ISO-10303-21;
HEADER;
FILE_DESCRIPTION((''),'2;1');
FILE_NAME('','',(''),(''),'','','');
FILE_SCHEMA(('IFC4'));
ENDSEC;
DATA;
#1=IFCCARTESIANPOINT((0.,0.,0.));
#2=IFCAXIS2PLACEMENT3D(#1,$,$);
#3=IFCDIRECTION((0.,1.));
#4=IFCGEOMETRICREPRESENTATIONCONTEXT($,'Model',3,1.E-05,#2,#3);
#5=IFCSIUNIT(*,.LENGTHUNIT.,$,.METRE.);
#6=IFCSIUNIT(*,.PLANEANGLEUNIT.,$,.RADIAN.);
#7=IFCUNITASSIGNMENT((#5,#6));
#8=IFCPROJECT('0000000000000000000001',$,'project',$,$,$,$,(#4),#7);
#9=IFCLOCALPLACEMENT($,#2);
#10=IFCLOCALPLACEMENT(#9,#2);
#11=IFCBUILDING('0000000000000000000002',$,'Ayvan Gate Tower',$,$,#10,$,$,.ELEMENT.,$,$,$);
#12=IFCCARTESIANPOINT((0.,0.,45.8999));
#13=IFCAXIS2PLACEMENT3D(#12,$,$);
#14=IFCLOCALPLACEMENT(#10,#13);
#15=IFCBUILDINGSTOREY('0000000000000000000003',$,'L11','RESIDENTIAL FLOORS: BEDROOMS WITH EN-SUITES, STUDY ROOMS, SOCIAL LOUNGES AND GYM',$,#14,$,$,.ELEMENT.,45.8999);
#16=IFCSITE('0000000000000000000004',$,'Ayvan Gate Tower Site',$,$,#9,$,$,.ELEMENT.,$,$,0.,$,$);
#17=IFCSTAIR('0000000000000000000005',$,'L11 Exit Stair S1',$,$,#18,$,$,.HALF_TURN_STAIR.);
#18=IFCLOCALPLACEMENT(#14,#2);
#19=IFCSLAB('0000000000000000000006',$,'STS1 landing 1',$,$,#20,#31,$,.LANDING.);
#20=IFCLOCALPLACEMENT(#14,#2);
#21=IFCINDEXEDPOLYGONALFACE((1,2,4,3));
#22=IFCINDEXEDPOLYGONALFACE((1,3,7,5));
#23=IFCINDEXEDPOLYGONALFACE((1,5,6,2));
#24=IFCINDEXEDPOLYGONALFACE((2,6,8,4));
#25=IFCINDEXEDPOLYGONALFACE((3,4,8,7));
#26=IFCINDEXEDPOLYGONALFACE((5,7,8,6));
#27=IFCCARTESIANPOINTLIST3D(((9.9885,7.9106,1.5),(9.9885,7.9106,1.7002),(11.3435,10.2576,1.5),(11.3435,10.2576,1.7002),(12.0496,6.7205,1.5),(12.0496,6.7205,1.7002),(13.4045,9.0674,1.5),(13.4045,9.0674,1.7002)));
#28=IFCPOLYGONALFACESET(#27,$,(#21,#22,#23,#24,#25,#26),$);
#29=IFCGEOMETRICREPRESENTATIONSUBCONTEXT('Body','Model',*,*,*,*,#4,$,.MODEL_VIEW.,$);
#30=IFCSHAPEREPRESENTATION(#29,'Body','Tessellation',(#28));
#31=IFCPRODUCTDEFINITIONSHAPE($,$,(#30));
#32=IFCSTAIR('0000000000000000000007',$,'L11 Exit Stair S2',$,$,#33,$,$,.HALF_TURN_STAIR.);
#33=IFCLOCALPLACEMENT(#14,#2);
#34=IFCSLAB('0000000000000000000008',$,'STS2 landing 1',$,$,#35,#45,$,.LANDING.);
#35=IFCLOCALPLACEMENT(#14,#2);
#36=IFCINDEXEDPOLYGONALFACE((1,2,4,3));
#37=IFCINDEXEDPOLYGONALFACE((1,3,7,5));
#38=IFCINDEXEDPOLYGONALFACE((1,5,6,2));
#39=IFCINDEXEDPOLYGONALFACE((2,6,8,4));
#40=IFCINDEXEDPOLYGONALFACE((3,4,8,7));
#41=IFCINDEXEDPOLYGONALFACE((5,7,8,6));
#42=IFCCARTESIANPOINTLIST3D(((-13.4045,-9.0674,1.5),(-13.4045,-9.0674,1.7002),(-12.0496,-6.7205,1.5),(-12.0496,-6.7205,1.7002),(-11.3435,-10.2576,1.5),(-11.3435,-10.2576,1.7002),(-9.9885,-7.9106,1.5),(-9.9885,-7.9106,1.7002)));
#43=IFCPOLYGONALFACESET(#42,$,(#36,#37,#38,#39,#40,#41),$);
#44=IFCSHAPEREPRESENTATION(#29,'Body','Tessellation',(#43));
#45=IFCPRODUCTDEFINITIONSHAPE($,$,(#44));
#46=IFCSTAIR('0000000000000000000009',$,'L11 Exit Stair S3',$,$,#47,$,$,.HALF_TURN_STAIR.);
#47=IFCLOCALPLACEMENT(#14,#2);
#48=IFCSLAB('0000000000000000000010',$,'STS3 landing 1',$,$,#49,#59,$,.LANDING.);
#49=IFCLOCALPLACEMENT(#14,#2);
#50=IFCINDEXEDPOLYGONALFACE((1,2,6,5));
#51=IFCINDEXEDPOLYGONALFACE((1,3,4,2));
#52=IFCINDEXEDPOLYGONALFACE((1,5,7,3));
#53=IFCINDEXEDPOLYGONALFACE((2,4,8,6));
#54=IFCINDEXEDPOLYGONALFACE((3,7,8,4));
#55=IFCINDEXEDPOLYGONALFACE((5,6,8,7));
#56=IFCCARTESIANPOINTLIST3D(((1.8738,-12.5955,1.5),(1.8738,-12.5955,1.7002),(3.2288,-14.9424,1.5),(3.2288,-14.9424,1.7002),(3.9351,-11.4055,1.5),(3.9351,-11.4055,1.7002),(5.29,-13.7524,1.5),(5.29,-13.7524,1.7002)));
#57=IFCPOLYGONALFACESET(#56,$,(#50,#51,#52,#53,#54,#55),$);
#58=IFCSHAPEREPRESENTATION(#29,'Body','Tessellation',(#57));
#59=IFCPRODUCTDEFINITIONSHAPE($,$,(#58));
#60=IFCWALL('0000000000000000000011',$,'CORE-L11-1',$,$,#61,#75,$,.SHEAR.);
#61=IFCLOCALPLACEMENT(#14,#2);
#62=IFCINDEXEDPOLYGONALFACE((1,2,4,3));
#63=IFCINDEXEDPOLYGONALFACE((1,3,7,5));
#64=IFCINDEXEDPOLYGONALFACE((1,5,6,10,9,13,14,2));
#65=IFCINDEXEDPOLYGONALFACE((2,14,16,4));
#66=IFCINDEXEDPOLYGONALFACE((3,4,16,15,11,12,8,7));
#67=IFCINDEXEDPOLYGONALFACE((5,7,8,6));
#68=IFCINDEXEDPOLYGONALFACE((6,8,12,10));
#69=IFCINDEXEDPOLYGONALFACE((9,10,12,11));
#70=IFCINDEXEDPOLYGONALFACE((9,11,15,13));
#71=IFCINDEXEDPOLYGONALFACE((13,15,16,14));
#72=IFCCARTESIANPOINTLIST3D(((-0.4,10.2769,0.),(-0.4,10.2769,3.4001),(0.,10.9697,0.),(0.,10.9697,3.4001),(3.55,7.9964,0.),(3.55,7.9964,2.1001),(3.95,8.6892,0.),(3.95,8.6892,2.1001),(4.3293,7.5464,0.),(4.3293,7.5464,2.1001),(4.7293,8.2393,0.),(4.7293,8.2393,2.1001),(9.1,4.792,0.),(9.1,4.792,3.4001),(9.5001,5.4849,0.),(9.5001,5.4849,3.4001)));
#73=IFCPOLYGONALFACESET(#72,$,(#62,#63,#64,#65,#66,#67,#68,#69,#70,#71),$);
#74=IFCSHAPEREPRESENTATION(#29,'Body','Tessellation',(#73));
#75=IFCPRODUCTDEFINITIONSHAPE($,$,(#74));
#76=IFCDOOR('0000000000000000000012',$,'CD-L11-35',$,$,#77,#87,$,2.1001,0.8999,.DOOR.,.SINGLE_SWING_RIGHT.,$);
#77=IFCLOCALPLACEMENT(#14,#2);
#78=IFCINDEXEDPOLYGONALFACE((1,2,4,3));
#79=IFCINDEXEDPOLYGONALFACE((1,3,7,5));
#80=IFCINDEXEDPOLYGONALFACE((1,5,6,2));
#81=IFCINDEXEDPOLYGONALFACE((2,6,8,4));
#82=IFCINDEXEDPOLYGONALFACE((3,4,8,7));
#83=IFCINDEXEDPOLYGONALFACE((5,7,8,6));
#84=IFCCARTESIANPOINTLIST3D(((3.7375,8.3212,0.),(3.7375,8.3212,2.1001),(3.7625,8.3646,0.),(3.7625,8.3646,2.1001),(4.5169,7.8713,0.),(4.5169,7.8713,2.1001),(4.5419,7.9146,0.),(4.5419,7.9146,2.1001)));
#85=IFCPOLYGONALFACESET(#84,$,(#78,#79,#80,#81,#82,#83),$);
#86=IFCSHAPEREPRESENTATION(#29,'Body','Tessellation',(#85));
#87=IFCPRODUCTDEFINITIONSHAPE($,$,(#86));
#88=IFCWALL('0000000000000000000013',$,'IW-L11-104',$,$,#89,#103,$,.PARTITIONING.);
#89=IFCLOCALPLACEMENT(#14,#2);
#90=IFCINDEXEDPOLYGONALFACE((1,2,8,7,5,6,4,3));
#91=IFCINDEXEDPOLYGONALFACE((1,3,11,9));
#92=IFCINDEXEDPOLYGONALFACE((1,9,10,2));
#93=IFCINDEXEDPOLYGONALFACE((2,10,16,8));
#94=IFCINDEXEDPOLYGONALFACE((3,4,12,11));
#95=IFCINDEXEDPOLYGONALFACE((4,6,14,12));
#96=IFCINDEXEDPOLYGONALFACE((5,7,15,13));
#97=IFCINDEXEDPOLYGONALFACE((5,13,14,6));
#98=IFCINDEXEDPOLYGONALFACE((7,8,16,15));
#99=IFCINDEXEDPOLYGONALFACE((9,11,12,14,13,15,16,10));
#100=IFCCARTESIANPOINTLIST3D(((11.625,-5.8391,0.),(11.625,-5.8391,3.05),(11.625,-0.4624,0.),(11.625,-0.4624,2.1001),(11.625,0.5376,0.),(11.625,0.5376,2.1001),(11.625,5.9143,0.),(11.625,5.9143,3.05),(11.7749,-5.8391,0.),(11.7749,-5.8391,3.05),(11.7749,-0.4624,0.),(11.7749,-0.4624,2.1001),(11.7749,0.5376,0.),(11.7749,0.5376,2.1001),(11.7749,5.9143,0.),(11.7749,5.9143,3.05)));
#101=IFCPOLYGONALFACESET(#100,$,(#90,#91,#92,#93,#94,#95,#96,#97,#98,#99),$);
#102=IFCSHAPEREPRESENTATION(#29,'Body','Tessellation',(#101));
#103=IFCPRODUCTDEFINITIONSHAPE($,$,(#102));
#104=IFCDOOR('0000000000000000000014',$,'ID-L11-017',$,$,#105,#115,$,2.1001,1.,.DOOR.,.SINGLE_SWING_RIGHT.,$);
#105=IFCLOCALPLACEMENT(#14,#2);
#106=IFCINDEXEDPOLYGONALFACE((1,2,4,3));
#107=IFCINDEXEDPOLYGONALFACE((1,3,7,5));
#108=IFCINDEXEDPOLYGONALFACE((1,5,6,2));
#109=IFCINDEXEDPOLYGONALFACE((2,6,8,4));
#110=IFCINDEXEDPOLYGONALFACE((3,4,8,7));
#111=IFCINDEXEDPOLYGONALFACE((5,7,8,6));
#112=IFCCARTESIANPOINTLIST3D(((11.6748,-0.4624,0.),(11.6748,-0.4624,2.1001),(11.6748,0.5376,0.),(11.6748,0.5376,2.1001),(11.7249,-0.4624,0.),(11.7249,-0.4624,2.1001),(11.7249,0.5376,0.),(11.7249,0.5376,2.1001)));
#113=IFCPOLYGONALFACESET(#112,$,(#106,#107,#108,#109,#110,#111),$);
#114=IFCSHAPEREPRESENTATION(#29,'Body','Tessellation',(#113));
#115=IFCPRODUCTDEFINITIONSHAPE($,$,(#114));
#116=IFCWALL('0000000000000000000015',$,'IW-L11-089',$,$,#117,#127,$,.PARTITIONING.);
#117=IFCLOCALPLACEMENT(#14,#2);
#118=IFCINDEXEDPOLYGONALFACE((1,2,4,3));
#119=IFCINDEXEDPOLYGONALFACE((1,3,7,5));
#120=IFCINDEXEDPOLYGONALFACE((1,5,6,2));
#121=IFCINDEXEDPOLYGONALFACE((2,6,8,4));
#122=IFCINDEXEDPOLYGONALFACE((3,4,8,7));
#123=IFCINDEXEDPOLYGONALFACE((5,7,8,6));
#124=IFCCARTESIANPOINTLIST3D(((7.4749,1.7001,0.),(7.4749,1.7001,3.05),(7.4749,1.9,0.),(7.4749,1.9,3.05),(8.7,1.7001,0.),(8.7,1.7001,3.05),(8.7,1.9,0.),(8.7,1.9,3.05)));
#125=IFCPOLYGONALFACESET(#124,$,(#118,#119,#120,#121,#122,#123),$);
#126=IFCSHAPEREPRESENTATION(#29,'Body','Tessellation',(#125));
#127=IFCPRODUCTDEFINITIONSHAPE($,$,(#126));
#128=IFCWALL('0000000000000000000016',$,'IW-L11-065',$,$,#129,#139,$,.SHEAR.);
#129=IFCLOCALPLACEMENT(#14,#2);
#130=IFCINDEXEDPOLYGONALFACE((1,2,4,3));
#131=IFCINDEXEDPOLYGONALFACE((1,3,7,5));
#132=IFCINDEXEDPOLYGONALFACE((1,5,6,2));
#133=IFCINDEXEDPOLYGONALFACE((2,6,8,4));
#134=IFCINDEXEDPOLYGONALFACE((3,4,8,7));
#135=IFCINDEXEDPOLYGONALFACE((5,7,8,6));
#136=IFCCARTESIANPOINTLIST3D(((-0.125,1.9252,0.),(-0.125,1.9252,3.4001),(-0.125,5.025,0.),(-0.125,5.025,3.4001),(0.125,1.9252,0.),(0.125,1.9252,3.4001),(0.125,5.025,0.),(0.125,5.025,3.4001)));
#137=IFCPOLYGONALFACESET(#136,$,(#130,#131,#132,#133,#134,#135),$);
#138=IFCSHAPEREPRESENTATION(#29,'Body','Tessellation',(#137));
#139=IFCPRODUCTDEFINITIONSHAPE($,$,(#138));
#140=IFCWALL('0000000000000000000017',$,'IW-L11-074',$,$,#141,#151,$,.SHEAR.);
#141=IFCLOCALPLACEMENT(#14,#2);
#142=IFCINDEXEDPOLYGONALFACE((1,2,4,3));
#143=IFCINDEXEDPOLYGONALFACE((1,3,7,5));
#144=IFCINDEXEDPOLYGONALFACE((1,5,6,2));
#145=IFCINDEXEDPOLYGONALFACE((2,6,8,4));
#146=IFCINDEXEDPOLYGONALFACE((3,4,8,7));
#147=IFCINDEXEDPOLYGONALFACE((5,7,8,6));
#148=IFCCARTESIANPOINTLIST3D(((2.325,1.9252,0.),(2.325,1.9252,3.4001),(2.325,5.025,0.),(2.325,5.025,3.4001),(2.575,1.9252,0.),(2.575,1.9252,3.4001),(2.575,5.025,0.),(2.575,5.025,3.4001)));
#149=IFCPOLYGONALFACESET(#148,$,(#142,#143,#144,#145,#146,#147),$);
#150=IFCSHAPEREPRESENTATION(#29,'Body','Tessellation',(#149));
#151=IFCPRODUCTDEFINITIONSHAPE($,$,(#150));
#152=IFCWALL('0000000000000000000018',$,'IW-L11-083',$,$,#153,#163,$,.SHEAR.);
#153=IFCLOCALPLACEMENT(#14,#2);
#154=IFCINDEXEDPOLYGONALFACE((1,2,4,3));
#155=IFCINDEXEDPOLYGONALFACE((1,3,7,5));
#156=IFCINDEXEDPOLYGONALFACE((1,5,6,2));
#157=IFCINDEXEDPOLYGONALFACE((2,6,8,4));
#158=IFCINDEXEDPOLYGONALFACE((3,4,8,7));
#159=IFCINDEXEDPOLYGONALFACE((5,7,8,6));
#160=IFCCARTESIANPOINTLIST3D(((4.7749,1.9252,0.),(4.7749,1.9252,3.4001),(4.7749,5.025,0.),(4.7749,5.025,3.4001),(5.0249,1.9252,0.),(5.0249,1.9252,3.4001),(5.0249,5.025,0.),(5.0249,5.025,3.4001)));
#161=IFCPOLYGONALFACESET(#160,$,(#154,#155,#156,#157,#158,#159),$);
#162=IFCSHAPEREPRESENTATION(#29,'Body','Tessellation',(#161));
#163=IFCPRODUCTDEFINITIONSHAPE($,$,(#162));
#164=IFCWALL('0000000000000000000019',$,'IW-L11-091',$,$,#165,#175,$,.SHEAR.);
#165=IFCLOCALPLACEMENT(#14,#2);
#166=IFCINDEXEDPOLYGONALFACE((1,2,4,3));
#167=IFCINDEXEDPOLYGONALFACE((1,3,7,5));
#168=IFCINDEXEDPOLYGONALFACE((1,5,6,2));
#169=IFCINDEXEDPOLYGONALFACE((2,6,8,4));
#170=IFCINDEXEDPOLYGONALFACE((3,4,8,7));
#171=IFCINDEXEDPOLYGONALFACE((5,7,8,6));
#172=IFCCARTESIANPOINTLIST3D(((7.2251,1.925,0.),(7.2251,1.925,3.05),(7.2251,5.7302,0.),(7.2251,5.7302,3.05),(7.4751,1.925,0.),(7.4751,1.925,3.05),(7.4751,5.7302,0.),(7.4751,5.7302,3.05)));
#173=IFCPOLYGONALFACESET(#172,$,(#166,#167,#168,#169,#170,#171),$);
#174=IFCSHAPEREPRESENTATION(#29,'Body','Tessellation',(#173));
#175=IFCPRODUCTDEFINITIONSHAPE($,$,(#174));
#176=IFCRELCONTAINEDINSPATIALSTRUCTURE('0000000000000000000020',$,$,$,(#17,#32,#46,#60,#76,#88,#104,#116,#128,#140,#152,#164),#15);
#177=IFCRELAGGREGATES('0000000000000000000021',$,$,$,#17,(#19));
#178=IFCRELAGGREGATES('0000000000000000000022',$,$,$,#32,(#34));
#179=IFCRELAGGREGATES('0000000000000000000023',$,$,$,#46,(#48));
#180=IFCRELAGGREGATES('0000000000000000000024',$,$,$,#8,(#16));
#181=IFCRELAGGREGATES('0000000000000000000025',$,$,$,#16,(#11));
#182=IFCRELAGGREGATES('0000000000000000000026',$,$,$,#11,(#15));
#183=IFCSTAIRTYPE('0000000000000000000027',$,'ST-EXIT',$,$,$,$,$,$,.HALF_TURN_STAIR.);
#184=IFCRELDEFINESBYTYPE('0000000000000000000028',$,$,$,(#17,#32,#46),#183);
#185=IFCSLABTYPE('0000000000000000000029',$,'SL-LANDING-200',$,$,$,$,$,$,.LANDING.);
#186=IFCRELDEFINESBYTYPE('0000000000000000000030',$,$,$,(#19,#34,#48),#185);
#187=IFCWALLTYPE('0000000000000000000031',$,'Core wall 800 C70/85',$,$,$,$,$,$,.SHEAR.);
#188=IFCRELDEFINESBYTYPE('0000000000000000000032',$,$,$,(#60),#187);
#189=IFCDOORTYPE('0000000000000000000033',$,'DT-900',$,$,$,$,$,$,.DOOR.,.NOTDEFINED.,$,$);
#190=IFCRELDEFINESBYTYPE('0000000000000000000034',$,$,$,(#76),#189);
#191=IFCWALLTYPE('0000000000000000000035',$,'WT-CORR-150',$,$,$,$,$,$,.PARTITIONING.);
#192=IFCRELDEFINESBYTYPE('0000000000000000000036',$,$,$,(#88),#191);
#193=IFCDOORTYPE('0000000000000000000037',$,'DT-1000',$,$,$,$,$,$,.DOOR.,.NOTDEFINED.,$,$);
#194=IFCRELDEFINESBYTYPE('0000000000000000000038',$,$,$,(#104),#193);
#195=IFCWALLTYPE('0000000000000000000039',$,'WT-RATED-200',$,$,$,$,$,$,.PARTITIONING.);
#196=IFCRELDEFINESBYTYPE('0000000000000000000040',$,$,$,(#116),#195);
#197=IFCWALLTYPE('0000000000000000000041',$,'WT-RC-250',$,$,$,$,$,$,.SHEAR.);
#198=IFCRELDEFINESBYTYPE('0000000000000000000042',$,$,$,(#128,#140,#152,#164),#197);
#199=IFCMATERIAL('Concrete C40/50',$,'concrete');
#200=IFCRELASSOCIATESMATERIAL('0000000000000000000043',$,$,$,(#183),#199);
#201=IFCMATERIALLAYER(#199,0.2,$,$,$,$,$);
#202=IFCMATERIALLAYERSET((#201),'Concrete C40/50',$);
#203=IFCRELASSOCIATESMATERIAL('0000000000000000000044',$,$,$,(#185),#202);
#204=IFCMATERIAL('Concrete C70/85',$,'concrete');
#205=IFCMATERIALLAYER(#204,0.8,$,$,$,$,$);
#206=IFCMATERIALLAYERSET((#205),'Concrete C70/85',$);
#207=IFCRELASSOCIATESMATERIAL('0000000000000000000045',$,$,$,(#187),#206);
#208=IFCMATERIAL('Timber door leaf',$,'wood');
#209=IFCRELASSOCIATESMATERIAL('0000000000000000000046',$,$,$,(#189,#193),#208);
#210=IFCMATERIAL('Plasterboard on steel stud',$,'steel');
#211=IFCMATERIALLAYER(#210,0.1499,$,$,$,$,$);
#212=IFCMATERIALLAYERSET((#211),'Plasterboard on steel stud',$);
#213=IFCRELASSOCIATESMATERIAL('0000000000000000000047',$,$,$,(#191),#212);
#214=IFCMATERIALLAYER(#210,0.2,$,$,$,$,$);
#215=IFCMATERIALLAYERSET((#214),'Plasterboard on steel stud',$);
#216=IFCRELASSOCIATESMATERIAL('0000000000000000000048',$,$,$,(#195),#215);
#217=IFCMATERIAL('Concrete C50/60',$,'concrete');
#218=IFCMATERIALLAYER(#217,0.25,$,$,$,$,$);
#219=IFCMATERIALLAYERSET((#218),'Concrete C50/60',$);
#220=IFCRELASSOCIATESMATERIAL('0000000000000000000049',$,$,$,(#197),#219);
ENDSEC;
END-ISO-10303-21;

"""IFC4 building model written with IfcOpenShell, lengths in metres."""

from ifc_helpers import new_model, si_unit, direction, frame, frame_2d, origin, place, context, subcontext, project, spatial, polyline, rectangle, outline, extrude, material, layer, layer_set, type_object, element, fill, aggregate, save


model = new_model("IFC4")

# Units and contexts
model_context = context("Model", 3, precision=1e-05, world=origin(), true_north=direction((0.0, 1.0)))
body_context = subcontext(model_context, "Body", "Model", "MODEL_VIEW")
ifc_project = project(units=[si_unit("LENGTHUNIT", "METRE"), si_unit("PLANEANGLEUNIT", "RADIAN")], contexts=[model_context])

# Site, building, storey
site_placement = place(None, origin())
site = spatial("IfcSite", under=ifc_project, at=site_placement, Name="Ayvan Gate Tower Site", CompositionType="ELEMENT", RefElevation=0.0)
building_placement = place(site_placement, origin())
building = spatial("IfcBuilding", under=site, at=building_placement, Name="Ayvan Gate Tower", CompositionType="ELEMENT")
storey_placement = place(building_placement, frame((0.0, 0.0, 45.8999)))
storey = spatial("IfcBuildingStorey", under=building, at=storey_placement, Name="L11", Description="RESIDENTIAL FLOORS: BEDROOMS WITH EN-SUITES, STUDY ROOMS, SOCIAL LOUNGES AND GYM", CompositionType="ELEMENT", Elevation=45.8999)

# Stairs, slabs
ifc_material_1 = material(Name="Concrete C40/50", Category="concrete")
stair_type = type_object("IfcStairType", Name="ST-EXIT", PredefinedType="HALF_TURN_STAIR", material=ifc_material_1)
stair_1_placement = place(storey_placement, origin())
stair_1 = element("IfcStair", 1, at=stair_1_placement, inside=storey, type_object=stair_type, Name="L11 Exit Stair S1", PredefinedType="HALF_TURN_STAIR")
ifc_layer_1 = layer(ifc_material_1, 0.2)
ifc_layer_set_1 = layer_set([ifc_layer_1], Name="Concrete C40/50")
slab_type = type_object("IfcSlabType", Name="SL-LANDING-200", PredefinedType="LANDING", material=ifc_layer_set_1)
slab_1_placement = place(storey_placement, frame((0.0, 0.0, 1.5)))
slab_1 = element("IfcSlab", 2, at=slab_1_placement, type_object=slab_type, Name="STS1 landing 1", PredefinedType="LANDING", context=body_context, shape_type="SweptSolid", body=[
    extrude(outline(polyline([(9.9885, 7.9106), (12.0496, 6.7205), (13.4045, 9.0674), (11.3435, 10.2576), (9.9885, 7.9106)])), origin(), (0.0, 0.0, 1.0), 0.2002),
])
aggregate(stair_1, [slab_1])
stair_2_placement = place(storey_placement, origin())
stair_2 = element("IfcStair", 3, at=stair_2_placement, inside=storey, type_object=stair_type, Name="L11 Exit Stair S2", PredefinedType="HALF_TURN_STAIR")
slab_2_placement = place(storey_placement, frame((0.0, 0.0, 1.5)))
slab_2 = element("IfcSlab", 4, at=slab_2_placement, type_object=slab_type, Name="STS2 landing 1", PredefinedType="LANDING", context=body_context, shape_type="SweptSolid", body=[
    extrude(outline(polyline([(-9.9885, -7.9106), (-12.0496, -6.7205), (-13.4045, -9.0674), (-11.3435, -10.2576), (-9.9885, -7.9106)])), origin(), (0.0, 0.0, 1.0), 0.2002),
])
aggregate(stair_2, [slab_2])
stair_3_placement = place(storey_placement, origin())
stair_3 = element("IfcStair", 5, at=stair_3_placement, inside=storey, type_object=stair_type, Name="L11 Exit Stair S3", PredefinedType="HALF_TURN_STAIR")
slab_3_placement = place(storey_placement, frame((0.0, 0.0, 1.5)))
slab_3 = element("IfcSlab", 6, at=slab_3_placement, type_object=slab_type, Name="STS3 landing 1", PredefinedType="LANDING", context=body_context, shape_type="SweptSolid", body=[
    extrude(outline(polyline([(3.9351, -11.4055), (1.8738, -12.5955), (3.2288, -14.9424), (5.29, -13.7524), (3.9351, -11.4055)])), origin(), (0.0, 0.0, 1.0), 0.2002),
])
aggregate(stair_3, [slab_3])

# Walls, openings, doors
ifc_material_2 = material(Name="Concrete C70/85", Category="concrete")
ifc_layer_2 = layer(ifc_material_2, 0.8)
ifc_layer_set_2 = layer_set([ifc_layer_2], Name="Concrete C70/85")
wall_type_1 = type_object("IfcWallType", Name="Core wall 800 C70/85", PredefinedType="SHEAR", material=ifc_layer_set_2)
wall_1_placement = place(storey_placement, frame((9.3, 5.1384, 0.0), z_axis=(0.0, 0.0, 1.0), x_axis=(-0.866024, 0.500002, 0.0)))
wall_1 = element("IfcWall", 7, at=wall_1_placement, inside=storey, type_object=wall_type_1, Name="CORE-L11-1", PredefinedType="SHEAR", context=body_context, shape_type="SweptSolid", body=[
    extrude(rectangle(XDim=10.9697, YDim=0.8, at=frame_2d((5.4849, 0.0))), origin(), (0.0, 0.0, 1.0), 3.4001),
])
opening_1_placement = place(wall_1_placement, frame((5.5088, 0.0, 0.0)))
opening_1 = element("IfcOpeningElement", 8, at=opening_1_placement, cuts=wall_1, PredefinedType="OPENING", context=body_context, shape_type="SweptSolid", body=[
    extrude(rectangle(XDim=0.8999, YDim=2.1001, at=frame_2d((0.45, 1.05))), frame((0.0, 0.4099, 0.0), z_axis=(0.0, -1.0, 0.0), x_axis=(1.0, 0.0, 0.0)), (0.0, 0.0, 1.0), 0.8201),
])
ifc_material_3 = material(Name="Timber door leaf", Category="wood")
door_type_1 = type_object("IfcDoorType", Name="DT-900", OperationType="NOTDEFINED", PredefinedType="DOOR", material=ifc_material_3)
door_1_placement = place(opening_1_placement, origin())
door_1 = element("IfcDoor", 9, at=door_1_placement, inside=storey, type_object=door_type_1, Name="CD-L11-35", OperationType="SINGLE_SWING_RIGHT", OverallHeight=2.1001, OverallWidth=0.8999, PredefinedType="DOOR", context=body_context, shape_type="SweptSolid", body=[
    extrude(rectangle(XDim=0.8999, YDim=2.1001, at=frame_2d((0.45, 1.05))), frame((0.0, 0.0249, 0.0), z_axis=(0.0, -1.0, 0.0), x_axis=(1.0, 0.0, 0.0)), (0.0, 0.0, 1.0), 0.05),
])
fill(opening_1, door_1)
ifc_material_4 = material(Name="Plasterboard on steel stud", Category="steel")
ifc_layer_3 = layer(ifc_material_4, 0.1499)
ifc_layer_set_3 = layer_set([ifc_layer_3], Name="Plasterboard on steel stud")
wall_type_2 = type_object("IfcWallType", Name="WT-CORR-150", PredefinedType="PARTITIONING", material=ifc_layer_set_3)
wall_2_placement = place(storey_placement, frame((11.7, 5.9143, 0.0), z_axis=(0.0, 0.0, 1.0), x_axis=(0.0, -1.0, 0.0)))
wall_2 = element("IfcWall", 10, at=wall_2_placement, inside=storey, type_object=wall_type_2, Name="IW-L11-104", PredefinedType="PARTITIONING", context=body_context, shape_type="SweptSolid", body=[
    extrude(rectangle(XDim=11.7534, YDim=0.1499, at=frame_2d((5.8767, 0.0))), origin(), (0.0, 0.0, 1.0), 3.05),
])
opening_2_placement = place(wall_2_placement, frame((5.3767, 0.0, 0.0)))
opening_2 = element("IfcOpeningElement", 11, at=opening_2_placement, cuts=wall_2, PredefinedType="OPENING", context=body_context, shape_type="SweptSolid", body=[
    extrude(rectangle(XDim=1.0, YDim=2.1001, at=frame_2d((0.5, 1.05))), frame((0.0, 0.085, 0.0), z_axis=(0.0, -1.0, 0.0), x_axis=(1.0, 0.0, 0.0)), (0.0, 0.0, 1.0), 0.1699),
])
door_type_2 = type_object("IfcDoorType", Name="DT-1000", OperationType="NOTDEFINED", PredefinedType="DOOR", material=ifc_material_3)
door_2_placement = place(opening_2_placement, origin())
door_2 = element("IfcDoor", 12, at=door_2_placement, inside=storey, type_object=door_type_2, Name="ID-L11-017", OperationType="SINGLE_SWING_RIGHT", OverallHeight=2.1001, OverallWidth=1.0, PredefinedType="DOOR", context=body_context, shape_type="SweptSolid", body=[
    extrude(rectangle(XDim=1.0, YDim=2.1001, at=frame_2d((0.5, 1.05))), frame((0.0, 0.0249, 0.0), z_axis=(0.0, -1.0, 0.0), x_axis=(1.0, 0.0, 0.0)), (0.0, 0.0, 1.0), 0.05),
])
fill(opening_2, door_2)

# Walls
ifc_layer_4 = layer(ifc_material_4, 0.2)
ifc_layer_set_4 = layer_set([ifc_layer_4], Name="Plasterboard on steel stud")
wall_type_3 = type_object("IfcWallType", Name="WT-RATED-200", PredefinedType="PARTITIONING", material=ifc_layer_set_4)
wall_3_placement = place(storey_placement, frame((7.4749, 1.8, 0.0), z_axis=(0.0, 0.0, 1.0), x_axis=(1.0, 0.0, 0.0)))
element("IfcWall", 13, at=wall_3_placement, inside=storey, type_object=wall_type_3, Name="IW-L11-089", PredefinedType="PARTITIONING", context=body_context, shape_type="SweptSolid", body=[
    extrude(rectangle(XDim=1.2251, YDim=0.2, at=frame_2d((0.6125, 0.0))), origin(), (0.0, 0.0, 1.0), 3.05),
])
ifc_material_5 = material(Name="Concrete C50/60", Category="concrete")
ifc_layer_5 = layer(ifc_material_5, 0.25)
ifc_layer_set_5 = layer_set([ifc_layer_5], Name="Concrete C50/60")
wall_type_4 = type_object("IfcWallType", Name="WT-RC-250", PredefinedType="SHEAR", material=ifc_layer_set_5)
for number, where, z_axis, x_axis, name in (
    (14, (0.0, 5.0249, 0.0), (0.0, 0.0, 1.0), (0.0, -1.0, 0.0), "IW-L11-065"),
    (15, (2.45, 5.0249, 0.0), (0.0, 0.0, 1.0), (0.0, -1.0, 0.0), "IW-L11-074"),
    (16, (4.8999, 5.0249, 0.0), (0.0, 0.0, 1.0), (0.0, -1.0, 0.0), "IW-L11-083"),
):
    element("IfcWall", number, at=place(storey_placement, frame(where, z_axis=z_axis, x_axis=x_axis)), inside=storey, type_object=wall_type_4, Name=name, PredefinedType="SHEAR", context=body_context, shape_type="SweptSolid", body=[
        extrude(rectangle(XDim=3.0999, YDim=0.25, at=frame_2d((1.5498, 0.0))), origin(), (0.0, 0.0, 1.0), 3.4001),
    ])
wall_4_placement = place(storey_placement, frame((7.3501, 5.7302, 0.0), z_axis=(0.0, 0.0, 1.0), x_axis=(0.0, -1.0, 0.0)))
element("IfcWall", 17, at=wall_4_placement, inside=storey, type_object=wall_type_4, Name="IW-L11-091", PredefinedType="SHEAR", context=body_context, shape_type="SweptSolid", body=[
    extrude(rectangle(XDim=3.8052, YDim=0.25, at=frame_2d((1.9026, 0.0))), origin(), (0.0, 0.0, 1.0), 3.05),
])

save(model, "model.ifc")
